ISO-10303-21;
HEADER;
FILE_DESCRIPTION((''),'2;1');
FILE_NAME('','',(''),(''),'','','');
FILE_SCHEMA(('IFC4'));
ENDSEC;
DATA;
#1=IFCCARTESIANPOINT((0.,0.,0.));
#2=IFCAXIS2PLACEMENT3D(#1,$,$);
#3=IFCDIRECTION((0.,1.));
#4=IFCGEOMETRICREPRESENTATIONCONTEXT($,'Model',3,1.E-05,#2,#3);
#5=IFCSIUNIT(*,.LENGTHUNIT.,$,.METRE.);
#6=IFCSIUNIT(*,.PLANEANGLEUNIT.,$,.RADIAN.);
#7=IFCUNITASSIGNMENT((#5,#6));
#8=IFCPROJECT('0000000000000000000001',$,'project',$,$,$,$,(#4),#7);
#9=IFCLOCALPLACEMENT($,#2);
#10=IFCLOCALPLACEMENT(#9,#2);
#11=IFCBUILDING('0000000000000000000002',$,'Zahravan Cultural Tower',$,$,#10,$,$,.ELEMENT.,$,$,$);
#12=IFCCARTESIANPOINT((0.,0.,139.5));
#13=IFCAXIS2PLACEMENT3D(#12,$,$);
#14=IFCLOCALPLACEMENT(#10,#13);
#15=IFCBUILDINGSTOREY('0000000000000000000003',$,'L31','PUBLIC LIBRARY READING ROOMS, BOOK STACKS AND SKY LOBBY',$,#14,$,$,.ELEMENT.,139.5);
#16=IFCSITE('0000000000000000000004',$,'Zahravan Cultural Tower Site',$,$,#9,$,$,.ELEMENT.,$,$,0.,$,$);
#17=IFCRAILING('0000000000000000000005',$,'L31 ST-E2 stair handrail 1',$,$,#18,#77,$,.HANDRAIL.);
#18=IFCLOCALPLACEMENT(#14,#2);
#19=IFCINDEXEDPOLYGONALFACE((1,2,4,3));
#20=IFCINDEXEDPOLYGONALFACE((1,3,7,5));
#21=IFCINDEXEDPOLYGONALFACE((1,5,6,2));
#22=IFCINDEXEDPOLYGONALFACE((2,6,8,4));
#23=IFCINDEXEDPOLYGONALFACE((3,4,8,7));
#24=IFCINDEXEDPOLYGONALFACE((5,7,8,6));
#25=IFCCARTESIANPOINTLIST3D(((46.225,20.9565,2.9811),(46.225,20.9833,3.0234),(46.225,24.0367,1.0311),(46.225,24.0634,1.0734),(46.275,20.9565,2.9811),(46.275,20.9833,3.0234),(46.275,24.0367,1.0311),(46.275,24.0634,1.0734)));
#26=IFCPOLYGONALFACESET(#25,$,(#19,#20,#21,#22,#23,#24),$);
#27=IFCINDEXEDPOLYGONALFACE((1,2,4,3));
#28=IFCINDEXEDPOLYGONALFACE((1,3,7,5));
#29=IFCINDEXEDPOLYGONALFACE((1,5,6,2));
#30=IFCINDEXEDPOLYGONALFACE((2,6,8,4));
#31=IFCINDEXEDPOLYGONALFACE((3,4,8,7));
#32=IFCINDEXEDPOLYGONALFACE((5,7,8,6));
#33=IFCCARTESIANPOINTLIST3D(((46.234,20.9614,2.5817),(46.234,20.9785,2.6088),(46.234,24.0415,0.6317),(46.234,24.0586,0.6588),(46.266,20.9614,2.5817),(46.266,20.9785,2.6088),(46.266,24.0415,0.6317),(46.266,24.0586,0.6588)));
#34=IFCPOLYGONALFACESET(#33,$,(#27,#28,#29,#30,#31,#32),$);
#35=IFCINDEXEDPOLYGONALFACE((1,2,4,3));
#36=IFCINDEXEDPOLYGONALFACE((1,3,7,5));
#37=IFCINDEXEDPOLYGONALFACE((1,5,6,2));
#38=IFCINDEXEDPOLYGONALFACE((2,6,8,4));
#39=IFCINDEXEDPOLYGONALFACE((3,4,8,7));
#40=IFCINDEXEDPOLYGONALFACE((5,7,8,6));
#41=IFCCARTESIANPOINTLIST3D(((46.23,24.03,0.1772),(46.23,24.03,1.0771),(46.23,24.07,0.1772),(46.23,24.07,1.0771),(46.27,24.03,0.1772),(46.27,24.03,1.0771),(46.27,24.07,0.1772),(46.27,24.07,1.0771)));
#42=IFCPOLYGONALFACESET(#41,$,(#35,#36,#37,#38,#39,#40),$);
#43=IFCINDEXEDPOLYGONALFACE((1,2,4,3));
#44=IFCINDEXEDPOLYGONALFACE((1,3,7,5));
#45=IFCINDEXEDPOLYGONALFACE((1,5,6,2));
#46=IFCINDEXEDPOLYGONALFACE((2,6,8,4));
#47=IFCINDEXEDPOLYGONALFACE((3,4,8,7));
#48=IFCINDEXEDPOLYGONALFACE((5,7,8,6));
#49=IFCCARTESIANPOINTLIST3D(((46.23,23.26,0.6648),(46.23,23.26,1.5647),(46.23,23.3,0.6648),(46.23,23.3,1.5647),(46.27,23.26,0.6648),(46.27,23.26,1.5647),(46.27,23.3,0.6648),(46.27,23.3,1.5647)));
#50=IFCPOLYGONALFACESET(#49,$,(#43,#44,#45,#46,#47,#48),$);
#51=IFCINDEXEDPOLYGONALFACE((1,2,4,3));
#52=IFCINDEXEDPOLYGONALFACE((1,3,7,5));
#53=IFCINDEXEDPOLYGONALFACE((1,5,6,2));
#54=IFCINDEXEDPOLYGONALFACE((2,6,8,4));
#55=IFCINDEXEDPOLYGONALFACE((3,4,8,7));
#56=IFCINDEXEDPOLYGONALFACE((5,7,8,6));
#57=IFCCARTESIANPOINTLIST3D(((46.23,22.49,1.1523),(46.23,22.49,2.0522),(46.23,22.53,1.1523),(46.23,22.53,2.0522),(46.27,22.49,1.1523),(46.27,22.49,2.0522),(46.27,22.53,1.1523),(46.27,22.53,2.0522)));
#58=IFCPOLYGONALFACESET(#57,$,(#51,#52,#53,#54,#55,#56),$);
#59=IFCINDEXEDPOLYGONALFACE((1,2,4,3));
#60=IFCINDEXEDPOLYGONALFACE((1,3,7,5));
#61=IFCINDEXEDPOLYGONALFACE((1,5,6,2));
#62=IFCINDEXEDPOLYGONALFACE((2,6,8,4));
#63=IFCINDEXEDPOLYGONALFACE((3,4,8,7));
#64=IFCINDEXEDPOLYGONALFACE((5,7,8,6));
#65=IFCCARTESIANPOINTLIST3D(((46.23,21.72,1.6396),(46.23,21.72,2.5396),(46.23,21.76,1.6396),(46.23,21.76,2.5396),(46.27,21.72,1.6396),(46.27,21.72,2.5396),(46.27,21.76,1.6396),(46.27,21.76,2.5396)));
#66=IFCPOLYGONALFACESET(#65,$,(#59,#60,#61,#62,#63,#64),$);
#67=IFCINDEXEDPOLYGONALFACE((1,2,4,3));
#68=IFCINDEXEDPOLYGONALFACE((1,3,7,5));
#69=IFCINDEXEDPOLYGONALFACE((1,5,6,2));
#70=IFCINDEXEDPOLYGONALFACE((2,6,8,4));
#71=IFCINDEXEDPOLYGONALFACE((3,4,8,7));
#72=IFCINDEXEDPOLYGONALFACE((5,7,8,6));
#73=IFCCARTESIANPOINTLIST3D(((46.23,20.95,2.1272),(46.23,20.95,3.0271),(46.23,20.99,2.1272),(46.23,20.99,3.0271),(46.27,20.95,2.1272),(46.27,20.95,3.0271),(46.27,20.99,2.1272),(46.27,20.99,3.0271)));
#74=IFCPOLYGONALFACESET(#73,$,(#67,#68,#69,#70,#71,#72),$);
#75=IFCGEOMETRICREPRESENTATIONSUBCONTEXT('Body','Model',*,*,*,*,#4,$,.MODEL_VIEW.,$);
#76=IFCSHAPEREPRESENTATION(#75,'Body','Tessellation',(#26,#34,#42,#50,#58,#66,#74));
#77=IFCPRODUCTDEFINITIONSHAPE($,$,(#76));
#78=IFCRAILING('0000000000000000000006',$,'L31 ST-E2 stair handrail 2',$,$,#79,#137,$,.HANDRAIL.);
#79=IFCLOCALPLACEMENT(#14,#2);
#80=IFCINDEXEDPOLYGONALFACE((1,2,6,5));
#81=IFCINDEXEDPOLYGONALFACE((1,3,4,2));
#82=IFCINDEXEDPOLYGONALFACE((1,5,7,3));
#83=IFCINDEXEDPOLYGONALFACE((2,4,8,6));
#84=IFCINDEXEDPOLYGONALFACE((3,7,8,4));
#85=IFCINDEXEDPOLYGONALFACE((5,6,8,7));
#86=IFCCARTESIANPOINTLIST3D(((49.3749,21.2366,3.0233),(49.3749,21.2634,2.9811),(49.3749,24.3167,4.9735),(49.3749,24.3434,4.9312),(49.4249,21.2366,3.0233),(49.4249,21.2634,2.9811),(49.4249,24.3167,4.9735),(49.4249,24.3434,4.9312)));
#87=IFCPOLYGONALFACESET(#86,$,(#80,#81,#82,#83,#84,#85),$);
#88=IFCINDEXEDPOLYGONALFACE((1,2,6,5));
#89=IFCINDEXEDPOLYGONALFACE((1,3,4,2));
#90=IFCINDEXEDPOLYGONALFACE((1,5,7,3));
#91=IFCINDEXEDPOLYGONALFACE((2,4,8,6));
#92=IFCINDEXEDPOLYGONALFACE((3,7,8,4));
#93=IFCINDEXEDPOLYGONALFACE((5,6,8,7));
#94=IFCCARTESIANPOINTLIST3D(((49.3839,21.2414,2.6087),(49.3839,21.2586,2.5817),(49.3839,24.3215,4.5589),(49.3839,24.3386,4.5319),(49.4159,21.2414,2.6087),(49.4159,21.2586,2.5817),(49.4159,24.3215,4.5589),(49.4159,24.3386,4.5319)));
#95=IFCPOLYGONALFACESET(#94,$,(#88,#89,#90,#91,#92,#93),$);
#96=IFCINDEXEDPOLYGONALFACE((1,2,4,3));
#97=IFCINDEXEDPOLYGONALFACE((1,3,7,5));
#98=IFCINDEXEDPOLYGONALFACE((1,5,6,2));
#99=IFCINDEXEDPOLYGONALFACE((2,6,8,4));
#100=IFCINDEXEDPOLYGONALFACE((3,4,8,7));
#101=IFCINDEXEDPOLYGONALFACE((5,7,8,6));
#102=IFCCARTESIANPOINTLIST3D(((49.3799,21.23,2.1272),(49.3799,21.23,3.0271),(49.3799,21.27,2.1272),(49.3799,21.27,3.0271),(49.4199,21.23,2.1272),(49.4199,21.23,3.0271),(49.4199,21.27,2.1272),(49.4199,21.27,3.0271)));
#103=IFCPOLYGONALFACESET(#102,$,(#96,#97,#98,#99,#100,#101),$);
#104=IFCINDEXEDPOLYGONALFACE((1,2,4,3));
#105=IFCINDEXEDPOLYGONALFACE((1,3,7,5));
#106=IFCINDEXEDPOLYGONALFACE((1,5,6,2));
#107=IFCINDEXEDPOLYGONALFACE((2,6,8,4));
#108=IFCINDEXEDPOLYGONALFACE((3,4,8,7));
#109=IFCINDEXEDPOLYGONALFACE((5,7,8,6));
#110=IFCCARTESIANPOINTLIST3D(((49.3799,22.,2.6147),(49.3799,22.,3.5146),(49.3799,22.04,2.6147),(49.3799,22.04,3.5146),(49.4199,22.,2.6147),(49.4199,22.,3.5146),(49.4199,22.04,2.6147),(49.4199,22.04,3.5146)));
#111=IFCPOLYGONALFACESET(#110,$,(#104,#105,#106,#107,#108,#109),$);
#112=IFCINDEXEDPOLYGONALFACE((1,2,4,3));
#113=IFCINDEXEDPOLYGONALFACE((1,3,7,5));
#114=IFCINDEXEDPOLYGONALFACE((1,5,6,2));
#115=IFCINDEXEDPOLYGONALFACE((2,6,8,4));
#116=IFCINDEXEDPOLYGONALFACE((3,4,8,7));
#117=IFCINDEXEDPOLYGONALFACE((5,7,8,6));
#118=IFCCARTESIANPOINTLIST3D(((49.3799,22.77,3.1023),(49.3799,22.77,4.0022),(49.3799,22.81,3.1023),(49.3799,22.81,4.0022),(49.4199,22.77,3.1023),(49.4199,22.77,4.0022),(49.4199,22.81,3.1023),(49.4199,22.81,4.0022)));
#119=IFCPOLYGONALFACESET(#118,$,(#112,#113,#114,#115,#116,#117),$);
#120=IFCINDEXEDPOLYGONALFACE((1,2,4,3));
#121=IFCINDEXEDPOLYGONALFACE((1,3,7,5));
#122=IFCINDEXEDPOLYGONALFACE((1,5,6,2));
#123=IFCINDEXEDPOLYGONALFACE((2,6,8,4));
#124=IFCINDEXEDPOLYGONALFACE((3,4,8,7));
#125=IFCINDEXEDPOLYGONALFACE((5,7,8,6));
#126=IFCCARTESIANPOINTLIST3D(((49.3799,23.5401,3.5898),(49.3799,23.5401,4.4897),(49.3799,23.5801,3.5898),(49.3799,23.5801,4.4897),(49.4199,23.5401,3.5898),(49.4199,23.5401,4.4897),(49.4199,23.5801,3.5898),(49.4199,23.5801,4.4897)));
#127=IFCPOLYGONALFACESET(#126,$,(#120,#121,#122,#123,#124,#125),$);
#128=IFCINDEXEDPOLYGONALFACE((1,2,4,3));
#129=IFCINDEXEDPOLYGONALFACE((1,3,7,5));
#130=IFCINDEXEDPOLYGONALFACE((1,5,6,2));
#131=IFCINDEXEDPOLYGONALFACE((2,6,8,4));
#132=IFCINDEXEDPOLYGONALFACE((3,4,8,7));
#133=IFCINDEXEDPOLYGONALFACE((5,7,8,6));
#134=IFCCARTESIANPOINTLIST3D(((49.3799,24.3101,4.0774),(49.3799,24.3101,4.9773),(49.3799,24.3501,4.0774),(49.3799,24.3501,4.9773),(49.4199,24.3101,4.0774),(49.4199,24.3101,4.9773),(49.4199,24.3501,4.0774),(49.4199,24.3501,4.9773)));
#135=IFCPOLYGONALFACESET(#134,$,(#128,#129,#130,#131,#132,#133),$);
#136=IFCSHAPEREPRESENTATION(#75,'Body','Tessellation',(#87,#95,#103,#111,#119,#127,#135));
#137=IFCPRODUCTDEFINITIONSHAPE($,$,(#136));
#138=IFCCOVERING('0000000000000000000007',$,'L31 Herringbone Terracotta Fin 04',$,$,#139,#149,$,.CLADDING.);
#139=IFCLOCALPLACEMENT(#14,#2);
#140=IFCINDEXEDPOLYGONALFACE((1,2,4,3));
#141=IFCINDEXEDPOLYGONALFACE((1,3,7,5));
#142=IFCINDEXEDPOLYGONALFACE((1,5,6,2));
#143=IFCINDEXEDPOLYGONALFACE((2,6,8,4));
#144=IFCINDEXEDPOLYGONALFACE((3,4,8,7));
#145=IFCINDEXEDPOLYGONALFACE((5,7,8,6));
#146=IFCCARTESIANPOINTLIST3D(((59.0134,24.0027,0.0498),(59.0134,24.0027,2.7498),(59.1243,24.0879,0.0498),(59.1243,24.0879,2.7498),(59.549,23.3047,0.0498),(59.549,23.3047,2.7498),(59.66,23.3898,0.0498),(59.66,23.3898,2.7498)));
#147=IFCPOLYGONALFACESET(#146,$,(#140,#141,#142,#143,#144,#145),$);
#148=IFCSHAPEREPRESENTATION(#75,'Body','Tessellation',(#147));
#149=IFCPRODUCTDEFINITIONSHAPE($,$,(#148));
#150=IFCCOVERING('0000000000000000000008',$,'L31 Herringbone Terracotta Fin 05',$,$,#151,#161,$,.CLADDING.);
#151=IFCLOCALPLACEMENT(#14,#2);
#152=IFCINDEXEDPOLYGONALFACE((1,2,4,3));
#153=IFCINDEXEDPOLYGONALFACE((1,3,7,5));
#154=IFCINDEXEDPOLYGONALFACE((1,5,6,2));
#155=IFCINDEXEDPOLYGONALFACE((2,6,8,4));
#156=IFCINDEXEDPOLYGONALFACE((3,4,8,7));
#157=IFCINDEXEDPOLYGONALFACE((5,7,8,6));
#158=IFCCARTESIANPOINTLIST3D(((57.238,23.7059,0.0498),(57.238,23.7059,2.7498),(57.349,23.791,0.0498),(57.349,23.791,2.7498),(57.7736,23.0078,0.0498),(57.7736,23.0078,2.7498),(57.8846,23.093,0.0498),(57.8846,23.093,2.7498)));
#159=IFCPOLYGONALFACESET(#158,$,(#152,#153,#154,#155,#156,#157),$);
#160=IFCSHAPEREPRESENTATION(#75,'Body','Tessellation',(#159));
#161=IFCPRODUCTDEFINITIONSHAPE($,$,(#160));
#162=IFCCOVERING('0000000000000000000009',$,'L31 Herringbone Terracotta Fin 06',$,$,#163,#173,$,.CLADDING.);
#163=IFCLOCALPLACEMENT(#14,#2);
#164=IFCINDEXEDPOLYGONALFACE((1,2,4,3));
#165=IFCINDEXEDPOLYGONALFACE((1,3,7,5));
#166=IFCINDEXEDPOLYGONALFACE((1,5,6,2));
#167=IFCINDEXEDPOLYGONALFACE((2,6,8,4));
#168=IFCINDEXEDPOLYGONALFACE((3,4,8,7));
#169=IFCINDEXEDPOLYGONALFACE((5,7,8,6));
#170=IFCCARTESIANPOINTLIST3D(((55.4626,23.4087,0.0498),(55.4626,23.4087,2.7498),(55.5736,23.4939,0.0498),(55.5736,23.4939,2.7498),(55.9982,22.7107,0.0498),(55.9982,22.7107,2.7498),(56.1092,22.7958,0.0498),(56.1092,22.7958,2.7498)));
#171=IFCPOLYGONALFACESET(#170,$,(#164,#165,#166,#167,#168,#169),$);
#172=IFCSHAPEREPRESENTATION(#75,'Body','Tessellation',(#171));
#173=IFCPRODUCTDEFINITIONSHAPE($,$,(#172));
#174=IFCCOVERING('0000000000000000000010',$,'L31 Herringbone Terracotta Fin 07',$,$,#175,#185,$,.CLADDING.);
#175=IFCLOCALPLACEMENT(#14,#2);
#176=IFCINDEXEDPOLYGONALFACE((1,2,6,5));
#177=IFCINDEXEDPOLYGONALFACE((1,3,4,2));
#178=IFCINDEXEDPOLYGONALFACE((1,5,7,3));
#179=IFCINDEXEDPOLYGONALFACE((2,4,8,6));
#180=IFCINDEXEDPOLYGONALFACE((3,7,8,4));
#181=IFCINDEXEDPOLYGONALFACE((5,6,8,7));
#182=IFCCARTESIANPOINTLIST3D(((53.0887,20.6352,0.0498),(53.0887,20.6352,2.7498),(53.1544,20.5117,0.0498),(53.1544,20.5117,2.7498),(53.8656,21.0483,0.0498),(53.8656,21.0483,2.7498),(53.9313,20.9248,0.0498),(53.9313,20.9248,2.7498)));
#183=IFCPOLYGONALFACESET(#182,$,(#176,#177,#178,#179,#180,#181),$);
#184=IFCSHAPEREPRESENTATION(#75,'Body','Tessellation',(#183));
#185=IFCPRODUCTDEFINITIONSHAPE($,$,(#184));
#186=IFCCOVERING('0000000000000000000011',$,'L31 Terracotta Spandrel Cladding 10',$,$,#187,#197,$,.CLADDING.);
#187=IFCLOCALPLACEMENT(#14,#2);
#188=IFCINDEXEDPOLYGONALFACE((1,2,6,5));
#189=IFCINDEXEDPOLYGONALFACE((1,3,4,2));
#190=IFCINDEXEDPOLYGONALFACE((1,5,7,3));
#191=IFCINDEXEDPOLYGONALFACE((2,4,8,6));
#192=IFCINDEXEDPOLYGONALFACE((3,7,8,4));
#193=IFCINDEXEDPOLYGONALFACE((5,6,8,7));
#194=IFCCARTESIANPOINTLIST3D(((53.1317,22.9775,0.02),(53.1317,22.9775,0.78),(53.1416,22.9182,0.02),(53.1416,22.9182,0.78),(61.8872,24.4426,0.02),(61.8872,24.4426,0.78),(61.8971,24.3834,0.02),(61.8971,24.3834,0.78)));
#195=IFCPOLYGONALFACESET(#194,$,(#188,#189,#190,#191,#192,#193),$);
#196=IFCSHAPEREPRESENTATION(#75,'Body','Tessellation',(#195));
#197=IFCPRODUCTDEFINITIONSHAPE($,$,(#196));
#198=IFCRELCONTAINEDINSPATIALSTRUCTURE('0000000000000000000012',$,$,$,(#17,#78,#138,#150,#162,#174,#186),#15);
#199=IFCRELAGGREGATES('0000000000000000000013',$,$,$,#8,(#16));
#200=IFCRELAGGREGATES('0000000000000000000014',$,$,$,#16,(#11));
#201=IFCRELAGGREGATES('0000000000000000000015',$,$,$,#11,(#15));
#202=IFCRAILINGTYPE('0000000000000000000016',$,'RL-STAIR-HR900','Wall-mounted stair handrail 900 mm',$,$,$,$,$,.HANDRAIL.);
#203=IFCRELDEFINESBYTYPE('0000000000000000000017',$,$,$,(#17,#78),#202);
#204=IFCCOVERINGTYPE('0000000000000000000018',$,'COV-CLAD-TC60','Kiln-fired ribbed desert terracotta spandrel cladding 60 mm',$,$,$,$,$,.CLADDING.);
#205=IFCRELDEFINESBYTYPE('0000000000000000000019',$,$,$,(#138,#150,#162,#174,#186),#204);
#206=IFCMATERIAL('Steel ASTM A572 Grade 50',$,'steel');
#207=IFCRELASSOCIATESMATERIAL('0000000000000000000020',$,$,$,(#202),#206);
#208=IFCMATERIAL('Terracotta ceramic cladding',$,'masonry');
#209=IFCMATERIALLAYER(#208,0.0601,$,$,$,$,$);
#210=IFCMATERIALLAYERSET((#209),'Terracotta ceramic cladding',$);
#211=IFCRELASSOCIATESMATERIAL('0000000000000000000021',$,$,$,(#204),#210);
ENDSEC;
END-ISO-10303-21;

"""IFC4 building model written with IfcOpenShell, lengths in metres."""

from ifc_helpers import new_model, si_unit, direction, frame, origin, origin_2d, place, context, subcontext, project, spatial, rectangle, extrude, source, transform, mapped, material, layer, layer_set, type_object, element, save


model = new_model("IFC4")

# Units and contexts
model_context = context("Model", 3, precision=1e-05, world=origin(), true_north=direction((0.0, 1.0)))
body_context = subcontext(model_context, "Body", "Model", "MODEL_VIEW")
ifc_project = project(units=[si_unit("LENGTHUNIT", "METRE"), si_unit("PLANEANGLEUNIT", "RADIAN")], contexts=[model_context])

# Site, building, storey
site_placement = place(None, origin())
site = spatial("IfcSite", under=ifc_project, at=site_placement, Name="Zahravan Cultural Tower Site", CompositionType="ELEMENT", RefElevation=0.0)
building_placement = place(site_placement, origin())
building = spatial("IfcBuilding", under=site, at=building_placement, Name="Zahravan Cultural Tower", CompositionType="ELEMENT")
storey_placement = place(building_placement, frame((0.0, 0.0, 139.5)))
storey = spatial("IfcBuildingStorey", under=building, at=storey_placement, Name="L31", Description="PUBLIC LIBRARY READING ROOMS, BOOK STACKS AND SKY LOBBY", CompositionType="ELEMENT", Elevation=139.5)

# Railings
ifc_material_1 = material(Name="Steel ASTM A572 Grade 50", Category="steel")
railing_type_1 = type_object("IfcRailingType", Name="RL-STAIR-HR900", Description="Wall-mounted stair handrail 900 mm", PredefinedType="HANDRAIL", material=ifc_material_1)
railing_1_placement = place(storey_placement, frame((46.25, 24.05, 0.1772)))
element("IfcRailing", 1, at=railing_1_placement, inside=storey, type_object=railing_type_1, Name="L31 ST-E2 stair handrail 1", PredefinedType="HANDRAIL", context=body_context, shape_type="SweptSolid", body=[
    extrude(rectangle(XDim=0.05, YDim=0.05, at=origin_2d()), frame((0.0, 0.0, 0.875), z_axis=(0.0, -0.844914, 0.534902), x_axis=(1.0, 0.0, 0.0)), (0.0, 0.0, 1.0), 3.6455),
    extrude(rectangle(XDim=0.032, YDim=0.032, at=origin_2d()), frame((0.0, 0.0, 0.468), z_axis=(0.0, -0.844914, 0.534902), x_axis=(1.0, 0.0, 0.0)), (0.0, 0.0, 1.0), 3.6455),
    extrude(rectangle(XDim=0.04, YDim=0.04, at=origin_2d()), origin(), (0.0, 0.0, 1.0), 0.8999),
    extrude(rectangle(XDim=0.04, YDim=0.04, at=origin_2d()), frame((0.0, -0.77, 0.4875)), (0.0, 0.0, 1.0), 0.8999),
    extrude(rectangle(XDim=0.04, YDim=0.04, at=origin_2d()), frame((0.0, -1.54, 0.9751)), (0.0, 0.0, 1.0), 0.8999),
    extrude(rectangle(XDim=0.04, YDim=0.04, at=origin_2d()), frame((0.0, -2.3101, 1.4624)), (0.0, 0.0, 1.0), 0.8999),
    extrude(rectangle(XDim=0.04, YDim=0.04, at=origin_2d()), frame((0.0, -3.0801, 1.95)), (0.0, 0.0, 1.0), 0.8999),
])
railing_2_placement = place(storey_placement, frame((49.3999, 21.25, 2.1272)))
element("IfcRailing", 2, at=railing_2_placement, inside=storey, type_object=railing_type_1, Name="L31 ST-E2 stair handrail 2", PredefinedType="HANDRAIL", context=body_context, shape_type="SweptSolid", body=[
    extrude(rectangle(XDim=0.05, YDim=0.05, at=origin_2d()), frame((0.0, 0.0, 0.875), z_axis=(0.0, 0.844884, 0.53495), x_axis=(-1.0, 0.0, 0.0)), (0.0, 0.0, 1.0), 3.6455),
    extrude(rectangle(XDim=0.032, YDim=0.032, at=origin_2d()), frame((0.0, 0.0, 0.468), z_axis=(0.0, 0.844884, 0.53495), x_axis=(-1.0, 0.0, 0.0)), (0.0, 0.0, 1.0), 3.6455),
    extrude(rectangle(XDim=0.04, YDim=0.04, at=origin_2d()), origin(), (0.0, 0.0, 1.0), 0.8999),
    extrude(rectangle(XDim=0.04, YDim=0.04, at=origin_2d()), frame((0.0, 0.77, 0.4875)), (0.0, 0.0, 1.0), 0.8999),
    extrude(rectangle(XDim=0.04, YDim=0.04, at=origin_2d()), frame((0.0, 1.54, 0.9751)), (0.0, 0.0, 1.0), 0.8999),
    extrude(rectangle(XDim=0.04, YDim=0.04, at=origin_2d()), frame((0.0, 2.3101, 1.4626)), (0.0, 0.0, 1.0), 0.8999),
    extrude(rectangle(XDim=0.04, YDim=0.04, at=origin_2d()), frame((0.0, 3.0801, 1.9502)), (0.0, 0.0, 1.0), 0.8999),
])

# Coverings
ifc_material_2 = material(Name="Terracotta ceramic cladding", Category="masonry")
ifc_layer_1 = layer(ifc_material_2, 0.0601)
ifc_layer_set_1 = layer_set([ifc_layer_1], Name="Terracotta ceramic cladding")
covering_type = type_object("IfcCoveringType", Name="COV-CLAD-TC60", Description="Kiln-fired ribbed desert terracotta spandrel cladding 60 mm", PredefinedType="CLADDING", material=ifc_layer_set_1)
shared_shape_1 = source(origin(), body_context, "Body", "SweptSolid", [
    extrude(rectangle(XDim=0.8799, YDim=0.1399, at=origin_2d()), origin(), (0.0, 0.0, 1.0), 2.7),
])
for number, where, z_axis, x_axis, name in (
    (3, (59.3367, 23.6963, 0.0498), (0.0, 0.0, 1.0), (0.608761, -0.793353, 0.0), "L31 Herringbone Terracotta Fin 04"),
    (4, (57.5613, 23.3994, 0.0498), (0.0, 0.0, 1.0), (0.608761, -0.793353, 0.0), "L31 Herringbone Terracotta Fin 05"),
    (5, (55.7859, 23.1023, 0.0498), (0.0, 0.0, 1.0), (0.608761, -0.793353, 0.0), "L31 Herringbone Terracotta Fin 06"),
    (6, (53.51, 20.78, 0.0498), (0.0, 0.0, 1.0), (0.882948, 0.469472, 0.0), "L31 Herringbone Terracotta Fin 07"),
):
    element("IfcCovering", number, at=place(storey_placement, frame(where, z_axis=z_axis, x_axis=x_axis)), inside=storey, type_object=covering_type, Name=name, PredefinedType="CLADDING", context=body_context, shape_type="MappedRepresentation", body=[
        mapped(shared_shape_1, transform((0.0, 0.0, 0.0), x_axis=(1.0, 0.0, 0.0), y_axis=(0.0, 1.0, 0.0), z_axis=(0.0, 0.0, 1.0), scale=1.0)),
    ])
shared_shape_2 = source(origin(), body_context, "Body", "SweptSolid", [
    extrude(rectangle(XDim=8.8772, YDim=0.0601, at=origin_2d()), origin(), (0.0, 0.0, 1.0), 0.76),
])
covering_placement = place(storey_placement, frame((57.5144, 23.6804, 0.02), z_axis=(0.0, 0.0, 1.0), x_axis=(-0.986286, -0.165048, 0.0)))
element("IfcCovering", 7, at=covering_placement, inside=storey, type_object=covering_type, Name="L31 Terracotta Spandrel Cladding 10", PredefinedType="CLADDING", context=body_context, shape_type="MappedRepresentation", body=[
    mapped(shared_shape_2, transform((0.0, 0.0, 0.0), x_axis=(1.0, 0.0, 0.0), y_axis=(0.0, 1.0, 0.0), z_axis=(0.0, 0.0, 1.0), scale=1.0)),
])

save(model, "model.ifc")
